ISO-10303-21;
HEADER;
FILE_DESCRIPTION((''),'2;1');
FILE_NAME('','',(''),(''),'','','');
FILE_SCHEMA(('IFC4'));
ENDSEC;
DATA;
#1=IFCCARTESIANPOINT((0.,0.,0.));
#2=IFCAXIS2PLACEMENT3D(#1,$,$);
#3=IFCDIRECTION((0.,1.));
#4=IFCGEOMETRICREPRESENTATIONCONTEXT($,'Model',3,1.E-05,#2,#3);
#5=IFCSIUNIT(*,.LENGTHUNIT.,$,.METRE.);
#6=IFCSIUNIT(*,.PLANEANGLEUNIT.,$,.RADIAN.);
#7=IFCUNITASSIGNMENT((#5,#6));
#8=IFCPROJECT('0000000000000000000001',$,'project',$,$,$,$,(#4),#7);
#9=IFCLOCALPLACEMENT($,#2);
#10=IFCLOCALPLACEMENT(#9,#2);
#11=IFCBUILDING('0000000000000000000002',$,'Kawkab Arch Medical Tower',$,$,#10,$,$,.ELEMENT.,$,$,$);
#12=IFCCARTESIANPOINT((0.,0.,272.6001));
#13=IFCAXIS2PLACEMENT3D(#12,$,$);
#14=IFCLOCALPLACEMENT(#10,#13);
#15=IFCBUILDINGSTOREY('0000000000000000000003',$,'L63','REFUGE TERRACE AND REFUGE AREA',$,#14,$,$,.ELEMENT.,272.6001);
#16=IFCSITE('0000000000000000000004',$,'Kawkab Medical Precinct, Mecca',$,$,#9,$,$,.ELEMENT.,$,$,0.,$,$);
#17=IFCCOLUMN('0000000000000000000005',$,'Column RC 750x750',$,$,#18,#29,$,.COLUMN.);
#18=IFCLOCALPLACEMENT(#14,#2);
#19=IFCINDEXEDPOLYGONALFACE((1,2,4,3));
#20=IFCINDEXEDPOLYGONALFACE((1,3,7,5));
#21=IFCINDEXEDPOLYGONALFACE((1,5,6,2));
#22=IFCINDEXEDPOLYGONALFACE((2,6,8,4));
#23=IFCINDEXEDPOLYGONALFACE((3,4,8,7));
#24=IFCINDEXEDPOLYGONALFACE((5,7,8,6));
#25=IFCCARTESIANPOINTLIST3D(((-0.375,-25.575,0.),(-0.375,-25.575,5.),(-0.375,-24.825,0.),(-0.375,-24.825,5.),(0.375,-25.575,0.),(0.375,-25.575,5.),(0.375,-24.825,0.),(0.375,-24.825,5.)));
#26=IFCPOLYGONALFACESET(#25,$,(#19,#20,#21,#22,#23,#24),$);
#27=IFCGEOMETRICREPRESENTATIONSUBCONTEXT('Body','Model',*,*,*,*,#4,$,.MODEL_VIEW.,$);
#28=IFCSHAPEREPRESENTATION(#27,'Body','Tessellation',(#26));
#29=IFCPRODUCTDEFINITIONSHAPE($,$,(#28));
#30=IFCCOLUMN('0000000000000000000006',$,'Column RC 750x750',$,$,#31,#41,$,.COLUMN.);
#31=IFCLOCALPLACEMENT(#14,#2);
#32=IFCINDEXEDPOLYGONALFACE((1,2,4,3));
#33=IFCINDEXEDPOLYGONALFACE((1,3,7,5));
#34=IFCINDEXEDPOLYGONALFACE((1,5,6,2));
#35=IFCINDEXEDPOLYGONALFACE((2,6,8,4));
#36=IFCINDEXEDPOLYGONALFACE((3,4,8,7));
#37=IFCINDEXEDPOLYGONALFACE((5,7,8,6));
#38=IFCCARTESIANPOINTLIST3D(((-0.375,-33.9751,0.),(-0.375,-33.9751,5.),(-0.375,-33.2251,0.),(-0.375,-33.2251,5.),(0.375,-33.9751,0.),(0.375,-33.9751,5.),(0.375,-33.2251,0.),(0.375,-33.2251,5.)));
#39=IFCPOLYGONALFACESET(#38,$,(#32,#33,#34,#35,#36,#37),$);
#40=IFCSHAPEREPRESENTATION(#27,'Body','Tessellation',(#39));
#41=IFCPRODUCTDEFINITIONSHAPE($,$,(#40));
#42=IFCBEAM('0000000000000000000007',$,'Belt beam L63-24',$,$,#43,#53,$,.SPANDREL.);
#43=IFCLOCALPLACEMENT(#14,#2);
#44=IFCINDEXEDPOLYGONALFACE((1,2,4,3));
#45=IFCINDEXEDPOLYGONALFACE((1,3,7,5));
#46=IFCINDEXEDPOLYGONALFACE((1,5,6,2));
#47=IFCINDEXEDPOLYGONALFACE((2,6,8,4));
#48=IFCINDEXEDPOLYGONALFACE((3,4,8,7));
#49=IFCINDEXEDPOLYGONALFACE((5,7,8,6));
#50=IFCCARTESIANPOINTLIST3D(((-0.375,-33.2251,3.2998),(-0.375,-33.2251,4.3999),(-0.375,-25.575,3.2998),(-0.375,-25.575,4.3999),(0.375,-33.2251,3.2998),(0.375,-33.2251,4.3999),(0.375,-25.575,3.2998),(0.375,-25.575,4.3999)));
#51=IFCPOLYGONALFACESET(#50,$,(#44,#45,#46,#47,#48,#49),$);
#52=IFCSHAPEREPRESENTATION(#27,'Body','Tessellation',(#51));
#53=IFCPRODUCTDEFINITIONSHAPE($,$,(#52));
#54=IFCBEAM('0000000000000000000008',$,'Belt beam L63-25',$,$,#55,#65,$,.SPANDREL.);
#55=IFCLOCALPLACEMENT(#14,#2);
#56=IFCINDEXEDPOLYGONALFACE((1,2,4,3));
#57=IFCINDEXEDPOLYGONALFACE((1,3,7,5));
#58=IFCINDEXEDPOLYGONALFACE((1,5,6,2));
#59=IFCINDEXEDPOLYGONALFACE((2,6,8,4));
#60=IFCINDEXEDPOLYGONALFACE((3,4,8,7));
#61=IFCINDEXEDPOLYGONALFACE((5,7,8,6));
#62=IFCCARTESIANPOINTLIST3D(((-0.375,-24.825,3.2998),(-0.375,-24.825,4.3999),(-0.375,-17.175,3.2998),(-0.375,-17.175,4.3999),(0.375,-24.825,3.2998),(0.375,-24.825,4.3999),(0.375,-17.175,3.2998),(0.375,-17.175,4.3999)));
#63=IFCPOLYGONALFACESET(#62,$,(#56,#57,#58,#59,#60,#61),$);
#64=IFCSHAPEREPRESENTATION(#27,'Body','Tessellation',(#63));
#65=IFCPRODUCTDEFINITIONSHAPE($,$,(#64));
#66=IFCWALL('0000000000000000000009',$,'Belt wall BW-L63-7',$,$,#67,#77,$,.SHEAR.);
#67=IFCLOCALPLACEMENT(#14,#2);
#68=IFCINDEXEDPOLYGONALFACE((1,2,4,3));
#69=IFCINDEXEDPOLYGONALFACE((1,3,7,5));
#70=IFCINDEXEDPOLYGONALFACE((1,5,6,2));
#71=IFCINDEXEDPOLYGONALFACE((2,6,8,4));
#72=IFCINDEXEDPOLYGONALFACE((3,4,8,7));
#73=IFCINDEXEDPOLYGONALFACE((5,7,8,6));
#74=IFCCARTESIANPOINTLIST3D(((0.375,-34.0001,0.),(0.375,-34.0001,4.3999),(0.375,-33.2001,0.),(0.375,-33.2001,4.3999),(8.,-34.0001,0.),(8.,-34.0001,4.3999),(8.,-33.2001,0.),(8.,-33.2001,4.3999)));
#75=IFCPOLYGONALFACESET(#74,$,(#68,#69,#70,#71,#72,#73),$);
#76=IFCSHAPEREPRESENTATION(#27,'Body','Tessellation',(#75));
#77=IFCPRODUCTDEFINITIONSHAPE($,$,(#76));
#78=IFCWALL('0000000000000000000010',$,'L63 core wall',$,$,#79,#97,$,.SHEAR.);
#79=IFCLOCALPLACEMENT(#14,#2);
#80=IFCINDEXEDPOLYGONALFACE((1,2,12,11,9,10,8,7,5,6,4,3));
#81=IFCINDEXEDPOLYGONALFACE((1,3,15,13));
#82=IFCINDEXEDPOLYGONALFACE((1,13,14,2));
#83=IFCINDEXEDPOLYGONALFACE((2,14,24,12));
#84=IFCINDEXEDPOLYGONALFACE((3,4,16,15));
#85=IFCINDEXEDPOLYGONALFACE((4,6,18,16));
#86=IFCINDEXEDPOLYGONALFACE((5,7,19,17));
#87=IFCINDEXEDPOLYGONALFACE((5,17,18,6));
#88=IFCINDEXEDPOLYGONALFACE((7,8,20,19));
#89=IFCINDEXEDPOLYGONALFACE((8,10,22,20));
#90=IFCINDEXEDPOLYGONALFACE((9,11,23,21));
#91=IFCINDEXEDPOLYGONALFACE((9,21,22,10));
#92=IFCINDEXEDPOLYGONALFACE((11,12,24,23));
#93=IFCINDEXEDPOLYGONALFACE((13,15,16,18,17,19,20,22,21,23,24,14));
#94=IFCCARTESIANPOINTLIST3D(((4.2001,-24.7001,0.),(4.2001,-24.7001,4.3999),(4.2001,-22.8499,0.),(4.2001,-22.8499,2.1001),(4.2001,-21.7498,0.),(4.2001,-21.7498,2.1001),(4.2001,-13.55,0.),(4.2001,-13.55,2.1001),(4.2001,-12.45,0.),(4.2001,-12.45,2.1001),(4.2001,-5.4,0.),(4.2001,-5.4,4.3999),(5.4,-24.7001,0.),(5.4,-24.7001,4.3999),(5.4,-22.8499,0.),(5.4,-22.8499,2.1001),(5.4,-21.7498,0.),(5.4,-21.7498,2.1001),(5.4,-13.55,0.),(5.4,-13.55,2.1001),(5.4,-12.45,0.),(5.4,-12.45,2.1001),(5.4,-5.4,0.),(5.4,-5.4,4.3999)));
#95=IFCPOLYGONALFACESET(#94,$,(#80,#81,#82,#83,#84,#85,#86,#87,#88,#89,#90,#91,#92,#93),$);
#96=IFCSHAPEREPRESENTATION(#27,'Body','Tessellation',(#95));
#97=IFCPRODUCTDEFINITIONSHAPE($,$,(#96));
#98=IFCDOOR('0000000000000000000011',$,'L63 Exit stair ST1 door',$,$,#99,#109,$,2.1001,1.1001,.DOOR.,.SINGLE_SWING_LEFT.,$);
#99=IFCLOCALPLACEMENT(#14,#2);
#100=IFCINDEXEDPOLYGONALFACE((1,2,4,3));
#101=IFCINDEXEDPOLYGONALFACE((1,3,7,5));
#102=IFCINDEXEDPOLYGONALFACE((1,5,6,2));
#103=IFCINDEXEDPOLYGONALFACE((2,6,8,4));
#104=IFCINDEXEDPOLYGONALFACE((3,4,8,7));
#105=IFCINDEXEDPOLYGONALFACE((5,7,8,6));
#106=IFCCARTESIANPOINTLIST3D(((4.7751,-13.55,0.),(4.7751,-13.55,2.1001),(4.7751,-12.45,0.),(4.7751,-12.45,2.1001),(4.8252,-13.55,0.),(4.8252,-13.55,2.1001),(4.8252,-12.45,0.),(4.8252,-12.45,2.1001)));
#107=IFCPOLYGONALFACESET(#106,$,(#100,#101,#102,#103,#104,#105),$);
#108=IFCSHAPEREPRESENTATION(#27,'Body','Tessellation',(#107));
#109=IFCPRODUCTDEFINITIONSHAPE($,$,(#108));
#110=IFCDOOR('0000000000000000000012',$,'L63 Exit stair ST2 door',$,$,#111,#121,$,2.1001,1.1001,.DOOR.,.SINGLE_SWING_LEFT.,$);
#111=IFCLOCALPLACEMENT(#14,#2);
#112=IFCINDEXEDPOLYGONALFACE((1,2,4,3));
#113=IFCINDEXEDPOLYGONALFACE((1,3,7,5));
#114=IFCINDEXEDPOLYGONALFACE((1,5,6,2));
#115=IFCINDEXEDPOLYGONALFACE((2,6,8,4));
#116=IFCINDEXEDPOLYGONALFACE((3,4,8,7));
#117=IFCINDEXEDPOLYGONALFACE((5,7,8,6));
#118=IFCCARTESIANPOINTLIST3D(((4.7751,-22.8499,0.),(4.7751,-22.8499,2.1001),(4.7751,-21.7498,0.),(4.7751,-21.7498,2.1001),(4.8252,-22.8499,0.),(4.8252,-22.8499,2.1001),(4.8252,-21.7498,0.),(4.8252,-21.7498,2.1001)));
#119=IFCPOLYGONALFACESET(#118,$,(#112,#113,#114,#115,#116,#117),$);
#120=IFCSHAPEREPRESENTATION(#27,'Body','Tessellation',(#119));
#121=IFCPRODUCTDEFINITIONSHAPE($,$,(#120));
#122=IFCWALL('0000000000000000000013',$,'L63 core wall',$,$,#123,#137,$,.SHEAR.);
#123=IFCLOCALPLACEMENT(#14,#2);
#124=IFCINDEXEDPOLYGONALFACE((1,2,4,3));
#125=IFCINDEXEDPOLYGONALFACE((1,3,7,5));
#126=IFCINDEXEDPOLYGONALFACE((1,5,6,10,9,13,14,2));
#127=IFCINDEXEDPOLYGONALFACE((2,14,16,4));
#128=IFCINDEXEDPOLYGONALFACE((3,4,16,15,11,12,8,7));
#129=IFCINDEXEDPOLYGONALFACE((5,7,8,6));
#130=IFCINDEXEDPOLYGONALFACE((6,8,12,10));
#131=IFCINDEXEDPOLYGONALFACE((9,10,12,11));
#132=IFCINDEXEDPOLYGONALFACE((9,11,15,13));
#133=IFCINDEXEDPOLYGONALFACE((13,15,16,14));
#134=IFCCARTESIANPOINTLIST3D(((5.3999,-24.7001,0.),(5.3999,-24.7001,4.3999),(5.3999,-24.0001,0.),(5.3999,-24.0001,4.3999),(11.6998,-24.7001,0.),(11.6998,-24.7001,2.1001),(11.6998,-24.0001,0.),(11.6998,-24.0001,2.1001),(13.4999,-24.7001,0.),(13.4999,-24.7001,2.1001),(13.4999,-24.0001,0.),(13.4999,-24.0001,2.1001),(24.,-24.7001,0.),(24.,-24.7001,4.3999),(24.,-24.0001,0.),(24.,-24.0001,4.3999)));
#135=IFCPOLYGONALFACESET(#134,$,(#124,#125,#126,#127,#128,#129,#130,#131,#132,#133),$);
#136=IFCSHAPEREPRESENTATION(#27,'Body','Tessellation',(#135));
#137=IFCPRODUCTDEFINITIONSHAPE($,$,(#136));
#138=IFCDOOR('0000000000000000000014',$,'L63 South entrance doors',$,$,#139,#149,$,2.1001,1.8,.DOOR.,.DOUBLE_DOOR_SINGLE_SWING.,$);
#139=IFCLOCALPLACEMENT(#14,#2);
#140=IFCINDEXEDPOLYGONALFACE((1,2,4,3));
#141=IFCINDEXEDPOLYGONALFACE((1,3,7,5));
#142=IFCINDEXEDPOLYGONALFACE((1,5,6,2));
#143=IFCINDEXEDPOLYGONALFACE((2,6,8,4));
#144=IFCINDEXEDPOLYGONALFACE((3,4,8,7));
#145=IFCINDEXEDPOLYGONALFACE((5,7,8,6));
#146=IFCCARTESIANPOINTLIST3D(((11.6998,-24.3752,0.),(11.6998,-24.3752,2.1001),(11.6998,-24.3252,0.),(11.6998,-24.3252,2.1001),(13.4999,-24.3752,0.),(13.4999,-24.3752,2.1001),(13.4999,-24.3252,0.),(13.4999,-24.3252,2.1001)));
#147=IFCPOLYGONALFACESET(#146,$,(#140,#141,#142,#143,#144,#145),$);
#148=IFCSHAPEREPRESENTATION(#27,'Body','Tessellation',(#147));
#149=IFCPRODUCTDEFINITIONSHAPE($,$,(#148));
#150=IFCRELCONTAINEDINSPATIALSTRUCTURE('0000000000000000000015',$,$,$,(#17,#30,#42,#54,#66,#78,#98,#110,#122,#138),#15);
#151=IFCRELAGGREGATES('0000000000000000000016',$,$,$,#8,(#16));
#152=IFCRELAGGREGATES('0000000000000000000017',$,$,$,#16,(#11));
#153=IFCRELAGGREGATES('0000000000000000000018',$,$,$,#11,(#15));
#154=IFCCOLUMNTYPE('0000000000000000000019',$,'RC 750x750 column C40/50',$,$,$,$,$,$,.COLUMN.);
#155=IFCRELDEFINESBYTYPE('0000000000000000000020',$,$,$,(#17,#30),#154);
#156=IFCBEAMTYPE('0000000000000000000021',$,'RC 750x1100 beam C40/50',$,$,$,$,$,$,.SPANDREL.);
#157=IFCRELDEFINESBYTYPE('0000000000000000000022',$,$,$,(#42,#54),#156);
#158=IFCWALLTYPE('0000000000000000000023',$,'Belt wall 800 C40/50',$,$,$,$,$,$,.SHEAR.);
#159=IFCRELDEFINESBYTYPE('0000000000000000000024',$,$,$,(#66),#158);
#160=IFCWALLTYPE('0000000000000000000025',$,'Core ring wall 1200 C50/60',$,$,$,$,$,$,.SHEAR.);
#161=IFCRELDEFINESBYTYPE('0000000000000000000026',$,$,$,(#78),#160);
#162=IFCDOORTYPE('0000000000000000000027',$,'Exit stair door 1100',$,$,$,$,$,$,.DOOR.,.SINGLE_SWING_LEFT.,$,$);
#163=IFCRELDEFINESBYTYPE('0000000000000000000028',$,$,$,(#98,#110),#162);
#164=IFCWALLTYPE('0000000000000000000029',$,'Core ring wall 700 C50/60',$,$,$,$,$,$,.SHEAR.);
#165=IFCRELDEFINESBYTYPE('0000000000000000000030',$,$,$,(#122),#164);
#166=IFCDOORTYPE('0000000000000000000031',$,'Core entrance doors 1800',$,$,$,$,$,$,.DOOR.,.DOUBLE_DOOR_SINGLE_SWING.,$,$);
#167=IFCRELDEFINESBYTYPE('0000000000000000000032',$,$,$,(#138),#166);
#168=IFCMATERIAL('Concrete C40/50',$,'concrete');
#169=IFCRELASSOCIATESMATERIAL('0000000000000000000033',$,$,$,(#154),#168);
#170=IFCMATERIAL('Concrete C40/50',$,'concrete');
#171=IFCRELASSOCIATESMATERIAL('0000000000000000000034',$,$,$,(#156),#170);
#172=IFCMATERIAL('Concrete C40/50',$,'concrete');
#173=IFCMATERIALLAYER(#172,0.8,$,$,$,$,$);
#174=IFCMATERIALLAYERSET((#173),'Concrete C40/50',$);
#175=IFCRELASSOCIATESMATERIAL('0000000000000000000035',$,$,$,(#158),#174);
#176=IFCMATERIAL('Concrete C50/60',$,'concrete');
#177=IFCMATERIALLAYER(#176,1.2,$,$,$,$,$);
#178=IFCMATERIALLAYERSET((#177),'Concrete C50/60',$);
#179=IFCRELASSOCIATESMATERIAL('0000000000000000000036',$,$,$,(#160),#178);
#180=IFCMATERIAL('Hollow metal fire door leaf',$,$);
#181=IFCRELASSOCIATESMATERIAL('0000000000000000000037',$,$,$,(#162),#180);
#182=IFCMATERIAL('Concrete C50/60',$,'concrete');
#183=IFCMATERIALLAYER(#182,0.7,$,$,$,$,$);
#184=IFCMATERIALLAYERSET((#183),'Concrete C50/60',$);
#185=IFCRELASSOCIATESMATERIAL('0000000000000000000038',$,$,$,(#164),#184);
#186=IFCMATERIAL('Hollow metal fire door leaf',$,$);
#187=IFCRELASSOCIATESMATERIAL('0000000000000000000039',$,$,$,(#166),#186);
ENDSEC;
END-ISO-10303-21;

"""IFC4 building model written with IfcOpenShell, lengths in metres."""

from ifc_helpers import new_model, si_unit, direction, frame, frame_2d, origin, origin_2d, place, context, subcontext, project, spatial, rectangle, extrude, material, layer, layer_set, material_profile, profile_set, type_object, element, fill, save


model = new_model("IFC4")

# Units and contexts
model_context = context("Model", 3, precision=1e-05, world=origin(), true_north=direction((0.0, 1.0)))
body_context = subcontext(model_context, "Body", "Model", "MODEL_VIEW")
ifc_project = project(units=[si_unit("LENGTHUNIT", "METRE"), si_unit("PLANEANGLEUNIT", "RADIAN")], contexts=[model_context])

# Site, building, storey
site_placement = place(None, origin())
site = spatial("IfcSite", under=ifc_project, at=site_placement, Name="Kawkab Medical Precinct, Mecca", CompositionType="ELEMENT", RefElevation=0.0)
building_placement = place(site_placement, origin())
building = spatial("IfcBuilding", under=site, at=building_placement, Name="Kawkab Arch Medical Tower", CompositionType="ELEMENT")
storey_placement = place(building_placement, frame((0.0, 0.0, 272.6001)))
storey = spatial("IfcBuildingStorey", under=building, at=storey_placement, Name="L63", Description="REFUGE TERRACE AND REFUGE AREA", CompositionType="ELEMENT", Elevation=272.6001)

# Columns
ifc_material_1 = material(Name="Concrete C40/50", Category="concrete")
ifc_material_profile_1 = material_profile(ifc_material_1, rectangle(XDim=0.75, YDim=0.75, at=origin_2d()), Name="RC 750x750")
ifc_profile_set_1 = profile_set([ifc_material_profile_1], Name="Concrete C40/50")
column_type = type_object("IfcColumnType", Name="RC 750x750 column C40/50", PredefinedType="COLUMN", material=ifc_profile_set_1)
for number, where, z_axis, x_axis, name in (
    (1, (0.0, -25.2, 0.0), (0.0, 0.0, 1.0), (1.0, 0.0, 0.0), "Column RC 750x750"),
    (2, (0.0, -33.6001, 0.0), (0.0, 0.0, 1.0), (1.0, 0.0, 0.0), "Column RC 750x750"),
):
    element("IfcColumn", number, at=place(storey_placement, frame(where, z_axis=z_axis, x_axis=x_axis)), inside=storey, type_object=column_type, Name=name, PredefinedType="COLUMN", context=body_context, shape_type="SweptSolid", body=[
        extrude(rectangle(XDim=0.75, YDim=0.75, at=origin_2d()), origin(), (0.0, 0.0, 1.0), 5.0),
    ])

# Beams
ifc_material_2 = material(Name="Concrete C40/50", Category="concrete")
ifc_material_profile_2 = material_profile(ifc_material_2, rectangle(XDim=0.75, YDim=1.1001, at=origin_2d()), Name="RC 750x1100")
ifc_profile_set_2 = profile_set([ifc_material_profile_2], Name="Concrete C40/50")
beam_type = type_object("IfcBeamType", Name="RC 750x1100 beam C40/50", PredefinedType="SPANDREL", material=ifc_profile_set_2)
beam_1_placement = place(storey_placement, frame((0.0, -33.2251, 3.8499), z_axis=(0.0, 1.0, 0.0), x_axis=(-1.0, 0.0, 0.0)))
element("IfcBeam", 3, at=beam_1_placement, inside=storey, type_object=beam_type, Name="Belt beam L63-24", PredefinedType="SPANDREL", context=body_context, shape_type="SweptSolid", body=[
    extrude(rectangle(XDim=0.75, YDim=1.1001, at=origin_2d()), origin(), (0.0, 0.0, 1.0), 7.6501),
])
beam_2_placement = place(storey_placement, frame((0.0, -24.825, 3.8499), z_axis=(0.0, 1.0, 0.0), x_axis=(-1.0, 0.0, 0.0)))
element("IfcBeam", 4, at=beam_2_placement, inside=storey, type_object=beam_type, Name="Belt beam L63-25", PredefinedType="SPANDREL", context=body_context, shape_type="SweptSolid", body=[
    extrude(rectangle(XDim=0.75, YDim=1.1001, at=origin_2d()), origin(), (0.0, 0.0, 1.0), 7.6499),
])

# Wall
ifc_material_3 = material(Name="Concrete C40/50", Category="concrete")
ifc_layer_1 = layer(ifc_material_3, 0.8)
ifc_layer_set_1 = layer_set([ifc_layer_1], Name="Concrete C40/50")
wall_type_1 = type_object("IfcWallType", Name="Belt wall 800 C40/50", PredefinedType="SHEAR", material=ifc_layer_set_1)
wall_1_placement = place(storey_placement, frame((0.375, -33.6001, 0.0), z_axis=(0.0, 0.0, 1.0), x_axis=(1.0, 0.0, 0.0)))
element("IfcWall", 5, at=wall_1_placement, inside=storey, type_object=wall_type_1, Name="Belt wall BW-L63-7", PredefinedType="SHEAR", context=body_context, shape_type="SweptSolid", body=[
    extrude(rectangle(XDim=7.625, YDim=0.8, at=frame_2d((3.8125, 0.0))), origin(), (0.0, 0.0, 1.0), 4.3999),
])

# Wall, openings, doors
ifc_material_4 = material(Name="Concrete C50/60", Category="concrete")
ifc_layer_2 = layer(ifc_material_4, 1.2)
ifc_layer_set_2 = layer_set([ifc_layer_2], Name="Concrete C50/60")
wall_type_2 = type_object("IfcWallType", Name="Core ring wall 1200 C50/60", PredefinedType="SHEAR", material=ifc_layer_set_2)
wall_2_placement = place(storey_placement, frame((4.8, -24.7, 0.0), z_axis=(0.0, 0.0, 1.0), x_axis=(0.0, 1.0, 0.0)))
wall_2 = element("IfcWall", 6, at=wall_2_placement, inside=storey, type_object=wall_type_2, Name="L63 core wall", PredefinedType="SHEAR", context=body_context, shape_type="SweptSolid", body=[
    extrude(rectangle(XDim=19.3, YDim=1.2, at=frame_2d((9.6499, 0.0))), origin(), (0.0, 0.0, 1.0), 4.3999),
])
opening_1_placement = place(wall_2_placement, frame((11.1499, 0.0, 0.0)))
opening_1 = element("IfcOpeningElement", 7, at=opening_1_placement, cuts=wall_2, PredefinedType="OPENING", context=body_context, shape_type="SweptSolid", body=[
    extrude(rectangle(XDim=1.1001, YDim=2.1001, at=frame_2d((0.55, 1.05))), frame((0.0, 0.6099, 0.0), z_axis=(0.0, -1.0, 0.0), x_axis=(1.0, 0.0, 0.0)), (0.0, 0.0, 1.0), 1.22),
])
opening_2_placement = place(wall_2_placement, frame((1.8501, 0.0, 0.0)))
opening_2 = element("IfcOpeningElement", 8, at=opening_2_placement, cuts=wall_2, PredefinedType="OPENING", context=body_context, shape_type="SweptSolid", body=[
    extrude(rectangle(XDim=1.1001, YDim=2.1001, at=frame_2d((0.55, 1.05))), frame((0.0, 0.6099, 0.0), z_axis=(0.0, -1.0, 0.0), x_axis=(1.0, 0.0, 0.0)), (0.0, 0.0, 1.0), 1.22),
])
ifc_material_5 = material(Name="Hollow metal fire door leaf")
door_type_1 = type_object("IfcDoorType", Name="Exit stair door 1100", OperationType="SINGLE_SWING_LEFT", PredefinedType="DOOR", material=ifc_material_5)
door_1_placement = place(opening_1_placement, origin())
door_1 = element("IfcDoor", 9, at=door_1_placement, inside=storey, type_object=door_type_1, Name="L63 Exit stair ST1 door", OperationType="SINGLE_SWING_LEFT", OverallHeight=2.1001, OverallWidth=1.1001, PredefinedType="DOOR", context=body_context, shape_type="SweptSolid", body=[
    extrude(rectangle(XDim=1.1001, YDim=2.1001, at=frame_2d((0.55, 1.05))), frame((0.0, 0.0249, 0.0), z_axis=(0.0, -1.0, 0.0), x_axis=(1.0, 0.0, 0.0)), (0.0, 0.0, 1.0), 0.05),
])
fill(opening_1, door_1)
door_2_placement = place(opening_2_placement, origin())
door_2 = element("IfcDoor", 10, at=door_2_placement, inside=storey, type_object=door_type_1, Name="L63 Exit stair ST2 door", OperationType="SINGLE_SWING_LEFT", OverallHeight=2.1001, OverallWidth=1.1001, PredefinedType="DOOR", context=body_context, shape_type="SweptSolid", body=[
    extrude(rectangle(XDim=1.1001, YDim=2.1001, at=frame_2d((0.55, 1.05))), frame((0.0, 0.0249, 0.0), z_axis=(0.0, -1.0, 0.0), x_axis=(1.0, 0.0, 0.0)), (0.0, 0.0, 1.0), 0.05),
])
fill(opening_2, door_2)

# Wall, opening, door
ifc_material_6 = material(Name="Concrete C50/60", Category="concrete")
ifc_layer_3 = layer(ifc_material_6, 0.7)
ifc_layer_set_3 = layer_set([ifc_layer_3], Name="Concrete C50/60")
wall_type_3 = type_object("IfcWallType", Name="Core ring wall 700 C50/60", PredefinedType="SHEAR", material=ifc_layer_set_3)
wall_3_placement = place(storey_placement, frame((5.3999, -24.3501, 0.0), z_axis=(0.0, 0.0, 1.0), x_axis=(1.0, 0.0, 0.0)))
wall_3 = element("IfcWall", 11, at=wall_3_placement, inside=storey, type_object=wall_type_3, Name="L63 core wall", PredefinedType="SHEAR", context=body_context, shape_type="SweptSolid", body=[
    extrude(rectangle(XDim=18.6001, YDim=0.7, at=frame_2d((9.3, 0.0))), origin(), (0.0, 0.0, 1.0), 4.3999),
])
opening_3_placement = place(wall_3_placement, frame((6.3, 0.0, 0.0)))
opening_3 = element("IfcOpeningElement", 12, at=opening_3_placement, cuts=wall_3, PredefinedType="OPENING", context=body_context, shape_type="SweptSolid", body=[
    extrude(rectangle(XDim=1.8, YDim=2.1001, at=frame_2d((0.8999, 1.05))), frame((0.0, 0.3599, 0.0), z_axis=(0.0, -1.0, 0.0), x_axis=(1.0, 0.0, 0.0)), (0.0, 0.0, 1.0), 0.72),
])
ifc_material_7 = material(Name="Hollow metal fire door leaf")
door_type_2 = type_object("IfcDoorType", Name="Core entrance doors 1800", OperationType="DOUBLE_DOOR_SINGLE_SWING", PredefinedType="DOOR", material=ifc_material_7)
door_3_placement = place(opening_3_placement, origin())
door_3 = element("IfcDoor", 13, at=door_3_placement, inside=storey, type_object=door_type_2, Name="L63 South entrance doors", OperationType="DOUBLE_DOOR_SINGLE_SWING", OverallHeight=2.1001, OverallWidth=1.8, PredefinedType="DOOR", context=body_context, shape_type="SweptSolid", body=[
    extrude(rectangle(XDim=1.8, YDim=2.1001, at=frame_2d((0.8999, 1.05))), frame((0.0, 0.0249, 0.0), z_axis=(0.0, -1.0, 0.0), x_axis=(1.0, 0.0, 0.0)), (0.0, 0.0, 1.0), 0.05),
])
fill(opening_3, door_3)

save(model, "model.ifc")
